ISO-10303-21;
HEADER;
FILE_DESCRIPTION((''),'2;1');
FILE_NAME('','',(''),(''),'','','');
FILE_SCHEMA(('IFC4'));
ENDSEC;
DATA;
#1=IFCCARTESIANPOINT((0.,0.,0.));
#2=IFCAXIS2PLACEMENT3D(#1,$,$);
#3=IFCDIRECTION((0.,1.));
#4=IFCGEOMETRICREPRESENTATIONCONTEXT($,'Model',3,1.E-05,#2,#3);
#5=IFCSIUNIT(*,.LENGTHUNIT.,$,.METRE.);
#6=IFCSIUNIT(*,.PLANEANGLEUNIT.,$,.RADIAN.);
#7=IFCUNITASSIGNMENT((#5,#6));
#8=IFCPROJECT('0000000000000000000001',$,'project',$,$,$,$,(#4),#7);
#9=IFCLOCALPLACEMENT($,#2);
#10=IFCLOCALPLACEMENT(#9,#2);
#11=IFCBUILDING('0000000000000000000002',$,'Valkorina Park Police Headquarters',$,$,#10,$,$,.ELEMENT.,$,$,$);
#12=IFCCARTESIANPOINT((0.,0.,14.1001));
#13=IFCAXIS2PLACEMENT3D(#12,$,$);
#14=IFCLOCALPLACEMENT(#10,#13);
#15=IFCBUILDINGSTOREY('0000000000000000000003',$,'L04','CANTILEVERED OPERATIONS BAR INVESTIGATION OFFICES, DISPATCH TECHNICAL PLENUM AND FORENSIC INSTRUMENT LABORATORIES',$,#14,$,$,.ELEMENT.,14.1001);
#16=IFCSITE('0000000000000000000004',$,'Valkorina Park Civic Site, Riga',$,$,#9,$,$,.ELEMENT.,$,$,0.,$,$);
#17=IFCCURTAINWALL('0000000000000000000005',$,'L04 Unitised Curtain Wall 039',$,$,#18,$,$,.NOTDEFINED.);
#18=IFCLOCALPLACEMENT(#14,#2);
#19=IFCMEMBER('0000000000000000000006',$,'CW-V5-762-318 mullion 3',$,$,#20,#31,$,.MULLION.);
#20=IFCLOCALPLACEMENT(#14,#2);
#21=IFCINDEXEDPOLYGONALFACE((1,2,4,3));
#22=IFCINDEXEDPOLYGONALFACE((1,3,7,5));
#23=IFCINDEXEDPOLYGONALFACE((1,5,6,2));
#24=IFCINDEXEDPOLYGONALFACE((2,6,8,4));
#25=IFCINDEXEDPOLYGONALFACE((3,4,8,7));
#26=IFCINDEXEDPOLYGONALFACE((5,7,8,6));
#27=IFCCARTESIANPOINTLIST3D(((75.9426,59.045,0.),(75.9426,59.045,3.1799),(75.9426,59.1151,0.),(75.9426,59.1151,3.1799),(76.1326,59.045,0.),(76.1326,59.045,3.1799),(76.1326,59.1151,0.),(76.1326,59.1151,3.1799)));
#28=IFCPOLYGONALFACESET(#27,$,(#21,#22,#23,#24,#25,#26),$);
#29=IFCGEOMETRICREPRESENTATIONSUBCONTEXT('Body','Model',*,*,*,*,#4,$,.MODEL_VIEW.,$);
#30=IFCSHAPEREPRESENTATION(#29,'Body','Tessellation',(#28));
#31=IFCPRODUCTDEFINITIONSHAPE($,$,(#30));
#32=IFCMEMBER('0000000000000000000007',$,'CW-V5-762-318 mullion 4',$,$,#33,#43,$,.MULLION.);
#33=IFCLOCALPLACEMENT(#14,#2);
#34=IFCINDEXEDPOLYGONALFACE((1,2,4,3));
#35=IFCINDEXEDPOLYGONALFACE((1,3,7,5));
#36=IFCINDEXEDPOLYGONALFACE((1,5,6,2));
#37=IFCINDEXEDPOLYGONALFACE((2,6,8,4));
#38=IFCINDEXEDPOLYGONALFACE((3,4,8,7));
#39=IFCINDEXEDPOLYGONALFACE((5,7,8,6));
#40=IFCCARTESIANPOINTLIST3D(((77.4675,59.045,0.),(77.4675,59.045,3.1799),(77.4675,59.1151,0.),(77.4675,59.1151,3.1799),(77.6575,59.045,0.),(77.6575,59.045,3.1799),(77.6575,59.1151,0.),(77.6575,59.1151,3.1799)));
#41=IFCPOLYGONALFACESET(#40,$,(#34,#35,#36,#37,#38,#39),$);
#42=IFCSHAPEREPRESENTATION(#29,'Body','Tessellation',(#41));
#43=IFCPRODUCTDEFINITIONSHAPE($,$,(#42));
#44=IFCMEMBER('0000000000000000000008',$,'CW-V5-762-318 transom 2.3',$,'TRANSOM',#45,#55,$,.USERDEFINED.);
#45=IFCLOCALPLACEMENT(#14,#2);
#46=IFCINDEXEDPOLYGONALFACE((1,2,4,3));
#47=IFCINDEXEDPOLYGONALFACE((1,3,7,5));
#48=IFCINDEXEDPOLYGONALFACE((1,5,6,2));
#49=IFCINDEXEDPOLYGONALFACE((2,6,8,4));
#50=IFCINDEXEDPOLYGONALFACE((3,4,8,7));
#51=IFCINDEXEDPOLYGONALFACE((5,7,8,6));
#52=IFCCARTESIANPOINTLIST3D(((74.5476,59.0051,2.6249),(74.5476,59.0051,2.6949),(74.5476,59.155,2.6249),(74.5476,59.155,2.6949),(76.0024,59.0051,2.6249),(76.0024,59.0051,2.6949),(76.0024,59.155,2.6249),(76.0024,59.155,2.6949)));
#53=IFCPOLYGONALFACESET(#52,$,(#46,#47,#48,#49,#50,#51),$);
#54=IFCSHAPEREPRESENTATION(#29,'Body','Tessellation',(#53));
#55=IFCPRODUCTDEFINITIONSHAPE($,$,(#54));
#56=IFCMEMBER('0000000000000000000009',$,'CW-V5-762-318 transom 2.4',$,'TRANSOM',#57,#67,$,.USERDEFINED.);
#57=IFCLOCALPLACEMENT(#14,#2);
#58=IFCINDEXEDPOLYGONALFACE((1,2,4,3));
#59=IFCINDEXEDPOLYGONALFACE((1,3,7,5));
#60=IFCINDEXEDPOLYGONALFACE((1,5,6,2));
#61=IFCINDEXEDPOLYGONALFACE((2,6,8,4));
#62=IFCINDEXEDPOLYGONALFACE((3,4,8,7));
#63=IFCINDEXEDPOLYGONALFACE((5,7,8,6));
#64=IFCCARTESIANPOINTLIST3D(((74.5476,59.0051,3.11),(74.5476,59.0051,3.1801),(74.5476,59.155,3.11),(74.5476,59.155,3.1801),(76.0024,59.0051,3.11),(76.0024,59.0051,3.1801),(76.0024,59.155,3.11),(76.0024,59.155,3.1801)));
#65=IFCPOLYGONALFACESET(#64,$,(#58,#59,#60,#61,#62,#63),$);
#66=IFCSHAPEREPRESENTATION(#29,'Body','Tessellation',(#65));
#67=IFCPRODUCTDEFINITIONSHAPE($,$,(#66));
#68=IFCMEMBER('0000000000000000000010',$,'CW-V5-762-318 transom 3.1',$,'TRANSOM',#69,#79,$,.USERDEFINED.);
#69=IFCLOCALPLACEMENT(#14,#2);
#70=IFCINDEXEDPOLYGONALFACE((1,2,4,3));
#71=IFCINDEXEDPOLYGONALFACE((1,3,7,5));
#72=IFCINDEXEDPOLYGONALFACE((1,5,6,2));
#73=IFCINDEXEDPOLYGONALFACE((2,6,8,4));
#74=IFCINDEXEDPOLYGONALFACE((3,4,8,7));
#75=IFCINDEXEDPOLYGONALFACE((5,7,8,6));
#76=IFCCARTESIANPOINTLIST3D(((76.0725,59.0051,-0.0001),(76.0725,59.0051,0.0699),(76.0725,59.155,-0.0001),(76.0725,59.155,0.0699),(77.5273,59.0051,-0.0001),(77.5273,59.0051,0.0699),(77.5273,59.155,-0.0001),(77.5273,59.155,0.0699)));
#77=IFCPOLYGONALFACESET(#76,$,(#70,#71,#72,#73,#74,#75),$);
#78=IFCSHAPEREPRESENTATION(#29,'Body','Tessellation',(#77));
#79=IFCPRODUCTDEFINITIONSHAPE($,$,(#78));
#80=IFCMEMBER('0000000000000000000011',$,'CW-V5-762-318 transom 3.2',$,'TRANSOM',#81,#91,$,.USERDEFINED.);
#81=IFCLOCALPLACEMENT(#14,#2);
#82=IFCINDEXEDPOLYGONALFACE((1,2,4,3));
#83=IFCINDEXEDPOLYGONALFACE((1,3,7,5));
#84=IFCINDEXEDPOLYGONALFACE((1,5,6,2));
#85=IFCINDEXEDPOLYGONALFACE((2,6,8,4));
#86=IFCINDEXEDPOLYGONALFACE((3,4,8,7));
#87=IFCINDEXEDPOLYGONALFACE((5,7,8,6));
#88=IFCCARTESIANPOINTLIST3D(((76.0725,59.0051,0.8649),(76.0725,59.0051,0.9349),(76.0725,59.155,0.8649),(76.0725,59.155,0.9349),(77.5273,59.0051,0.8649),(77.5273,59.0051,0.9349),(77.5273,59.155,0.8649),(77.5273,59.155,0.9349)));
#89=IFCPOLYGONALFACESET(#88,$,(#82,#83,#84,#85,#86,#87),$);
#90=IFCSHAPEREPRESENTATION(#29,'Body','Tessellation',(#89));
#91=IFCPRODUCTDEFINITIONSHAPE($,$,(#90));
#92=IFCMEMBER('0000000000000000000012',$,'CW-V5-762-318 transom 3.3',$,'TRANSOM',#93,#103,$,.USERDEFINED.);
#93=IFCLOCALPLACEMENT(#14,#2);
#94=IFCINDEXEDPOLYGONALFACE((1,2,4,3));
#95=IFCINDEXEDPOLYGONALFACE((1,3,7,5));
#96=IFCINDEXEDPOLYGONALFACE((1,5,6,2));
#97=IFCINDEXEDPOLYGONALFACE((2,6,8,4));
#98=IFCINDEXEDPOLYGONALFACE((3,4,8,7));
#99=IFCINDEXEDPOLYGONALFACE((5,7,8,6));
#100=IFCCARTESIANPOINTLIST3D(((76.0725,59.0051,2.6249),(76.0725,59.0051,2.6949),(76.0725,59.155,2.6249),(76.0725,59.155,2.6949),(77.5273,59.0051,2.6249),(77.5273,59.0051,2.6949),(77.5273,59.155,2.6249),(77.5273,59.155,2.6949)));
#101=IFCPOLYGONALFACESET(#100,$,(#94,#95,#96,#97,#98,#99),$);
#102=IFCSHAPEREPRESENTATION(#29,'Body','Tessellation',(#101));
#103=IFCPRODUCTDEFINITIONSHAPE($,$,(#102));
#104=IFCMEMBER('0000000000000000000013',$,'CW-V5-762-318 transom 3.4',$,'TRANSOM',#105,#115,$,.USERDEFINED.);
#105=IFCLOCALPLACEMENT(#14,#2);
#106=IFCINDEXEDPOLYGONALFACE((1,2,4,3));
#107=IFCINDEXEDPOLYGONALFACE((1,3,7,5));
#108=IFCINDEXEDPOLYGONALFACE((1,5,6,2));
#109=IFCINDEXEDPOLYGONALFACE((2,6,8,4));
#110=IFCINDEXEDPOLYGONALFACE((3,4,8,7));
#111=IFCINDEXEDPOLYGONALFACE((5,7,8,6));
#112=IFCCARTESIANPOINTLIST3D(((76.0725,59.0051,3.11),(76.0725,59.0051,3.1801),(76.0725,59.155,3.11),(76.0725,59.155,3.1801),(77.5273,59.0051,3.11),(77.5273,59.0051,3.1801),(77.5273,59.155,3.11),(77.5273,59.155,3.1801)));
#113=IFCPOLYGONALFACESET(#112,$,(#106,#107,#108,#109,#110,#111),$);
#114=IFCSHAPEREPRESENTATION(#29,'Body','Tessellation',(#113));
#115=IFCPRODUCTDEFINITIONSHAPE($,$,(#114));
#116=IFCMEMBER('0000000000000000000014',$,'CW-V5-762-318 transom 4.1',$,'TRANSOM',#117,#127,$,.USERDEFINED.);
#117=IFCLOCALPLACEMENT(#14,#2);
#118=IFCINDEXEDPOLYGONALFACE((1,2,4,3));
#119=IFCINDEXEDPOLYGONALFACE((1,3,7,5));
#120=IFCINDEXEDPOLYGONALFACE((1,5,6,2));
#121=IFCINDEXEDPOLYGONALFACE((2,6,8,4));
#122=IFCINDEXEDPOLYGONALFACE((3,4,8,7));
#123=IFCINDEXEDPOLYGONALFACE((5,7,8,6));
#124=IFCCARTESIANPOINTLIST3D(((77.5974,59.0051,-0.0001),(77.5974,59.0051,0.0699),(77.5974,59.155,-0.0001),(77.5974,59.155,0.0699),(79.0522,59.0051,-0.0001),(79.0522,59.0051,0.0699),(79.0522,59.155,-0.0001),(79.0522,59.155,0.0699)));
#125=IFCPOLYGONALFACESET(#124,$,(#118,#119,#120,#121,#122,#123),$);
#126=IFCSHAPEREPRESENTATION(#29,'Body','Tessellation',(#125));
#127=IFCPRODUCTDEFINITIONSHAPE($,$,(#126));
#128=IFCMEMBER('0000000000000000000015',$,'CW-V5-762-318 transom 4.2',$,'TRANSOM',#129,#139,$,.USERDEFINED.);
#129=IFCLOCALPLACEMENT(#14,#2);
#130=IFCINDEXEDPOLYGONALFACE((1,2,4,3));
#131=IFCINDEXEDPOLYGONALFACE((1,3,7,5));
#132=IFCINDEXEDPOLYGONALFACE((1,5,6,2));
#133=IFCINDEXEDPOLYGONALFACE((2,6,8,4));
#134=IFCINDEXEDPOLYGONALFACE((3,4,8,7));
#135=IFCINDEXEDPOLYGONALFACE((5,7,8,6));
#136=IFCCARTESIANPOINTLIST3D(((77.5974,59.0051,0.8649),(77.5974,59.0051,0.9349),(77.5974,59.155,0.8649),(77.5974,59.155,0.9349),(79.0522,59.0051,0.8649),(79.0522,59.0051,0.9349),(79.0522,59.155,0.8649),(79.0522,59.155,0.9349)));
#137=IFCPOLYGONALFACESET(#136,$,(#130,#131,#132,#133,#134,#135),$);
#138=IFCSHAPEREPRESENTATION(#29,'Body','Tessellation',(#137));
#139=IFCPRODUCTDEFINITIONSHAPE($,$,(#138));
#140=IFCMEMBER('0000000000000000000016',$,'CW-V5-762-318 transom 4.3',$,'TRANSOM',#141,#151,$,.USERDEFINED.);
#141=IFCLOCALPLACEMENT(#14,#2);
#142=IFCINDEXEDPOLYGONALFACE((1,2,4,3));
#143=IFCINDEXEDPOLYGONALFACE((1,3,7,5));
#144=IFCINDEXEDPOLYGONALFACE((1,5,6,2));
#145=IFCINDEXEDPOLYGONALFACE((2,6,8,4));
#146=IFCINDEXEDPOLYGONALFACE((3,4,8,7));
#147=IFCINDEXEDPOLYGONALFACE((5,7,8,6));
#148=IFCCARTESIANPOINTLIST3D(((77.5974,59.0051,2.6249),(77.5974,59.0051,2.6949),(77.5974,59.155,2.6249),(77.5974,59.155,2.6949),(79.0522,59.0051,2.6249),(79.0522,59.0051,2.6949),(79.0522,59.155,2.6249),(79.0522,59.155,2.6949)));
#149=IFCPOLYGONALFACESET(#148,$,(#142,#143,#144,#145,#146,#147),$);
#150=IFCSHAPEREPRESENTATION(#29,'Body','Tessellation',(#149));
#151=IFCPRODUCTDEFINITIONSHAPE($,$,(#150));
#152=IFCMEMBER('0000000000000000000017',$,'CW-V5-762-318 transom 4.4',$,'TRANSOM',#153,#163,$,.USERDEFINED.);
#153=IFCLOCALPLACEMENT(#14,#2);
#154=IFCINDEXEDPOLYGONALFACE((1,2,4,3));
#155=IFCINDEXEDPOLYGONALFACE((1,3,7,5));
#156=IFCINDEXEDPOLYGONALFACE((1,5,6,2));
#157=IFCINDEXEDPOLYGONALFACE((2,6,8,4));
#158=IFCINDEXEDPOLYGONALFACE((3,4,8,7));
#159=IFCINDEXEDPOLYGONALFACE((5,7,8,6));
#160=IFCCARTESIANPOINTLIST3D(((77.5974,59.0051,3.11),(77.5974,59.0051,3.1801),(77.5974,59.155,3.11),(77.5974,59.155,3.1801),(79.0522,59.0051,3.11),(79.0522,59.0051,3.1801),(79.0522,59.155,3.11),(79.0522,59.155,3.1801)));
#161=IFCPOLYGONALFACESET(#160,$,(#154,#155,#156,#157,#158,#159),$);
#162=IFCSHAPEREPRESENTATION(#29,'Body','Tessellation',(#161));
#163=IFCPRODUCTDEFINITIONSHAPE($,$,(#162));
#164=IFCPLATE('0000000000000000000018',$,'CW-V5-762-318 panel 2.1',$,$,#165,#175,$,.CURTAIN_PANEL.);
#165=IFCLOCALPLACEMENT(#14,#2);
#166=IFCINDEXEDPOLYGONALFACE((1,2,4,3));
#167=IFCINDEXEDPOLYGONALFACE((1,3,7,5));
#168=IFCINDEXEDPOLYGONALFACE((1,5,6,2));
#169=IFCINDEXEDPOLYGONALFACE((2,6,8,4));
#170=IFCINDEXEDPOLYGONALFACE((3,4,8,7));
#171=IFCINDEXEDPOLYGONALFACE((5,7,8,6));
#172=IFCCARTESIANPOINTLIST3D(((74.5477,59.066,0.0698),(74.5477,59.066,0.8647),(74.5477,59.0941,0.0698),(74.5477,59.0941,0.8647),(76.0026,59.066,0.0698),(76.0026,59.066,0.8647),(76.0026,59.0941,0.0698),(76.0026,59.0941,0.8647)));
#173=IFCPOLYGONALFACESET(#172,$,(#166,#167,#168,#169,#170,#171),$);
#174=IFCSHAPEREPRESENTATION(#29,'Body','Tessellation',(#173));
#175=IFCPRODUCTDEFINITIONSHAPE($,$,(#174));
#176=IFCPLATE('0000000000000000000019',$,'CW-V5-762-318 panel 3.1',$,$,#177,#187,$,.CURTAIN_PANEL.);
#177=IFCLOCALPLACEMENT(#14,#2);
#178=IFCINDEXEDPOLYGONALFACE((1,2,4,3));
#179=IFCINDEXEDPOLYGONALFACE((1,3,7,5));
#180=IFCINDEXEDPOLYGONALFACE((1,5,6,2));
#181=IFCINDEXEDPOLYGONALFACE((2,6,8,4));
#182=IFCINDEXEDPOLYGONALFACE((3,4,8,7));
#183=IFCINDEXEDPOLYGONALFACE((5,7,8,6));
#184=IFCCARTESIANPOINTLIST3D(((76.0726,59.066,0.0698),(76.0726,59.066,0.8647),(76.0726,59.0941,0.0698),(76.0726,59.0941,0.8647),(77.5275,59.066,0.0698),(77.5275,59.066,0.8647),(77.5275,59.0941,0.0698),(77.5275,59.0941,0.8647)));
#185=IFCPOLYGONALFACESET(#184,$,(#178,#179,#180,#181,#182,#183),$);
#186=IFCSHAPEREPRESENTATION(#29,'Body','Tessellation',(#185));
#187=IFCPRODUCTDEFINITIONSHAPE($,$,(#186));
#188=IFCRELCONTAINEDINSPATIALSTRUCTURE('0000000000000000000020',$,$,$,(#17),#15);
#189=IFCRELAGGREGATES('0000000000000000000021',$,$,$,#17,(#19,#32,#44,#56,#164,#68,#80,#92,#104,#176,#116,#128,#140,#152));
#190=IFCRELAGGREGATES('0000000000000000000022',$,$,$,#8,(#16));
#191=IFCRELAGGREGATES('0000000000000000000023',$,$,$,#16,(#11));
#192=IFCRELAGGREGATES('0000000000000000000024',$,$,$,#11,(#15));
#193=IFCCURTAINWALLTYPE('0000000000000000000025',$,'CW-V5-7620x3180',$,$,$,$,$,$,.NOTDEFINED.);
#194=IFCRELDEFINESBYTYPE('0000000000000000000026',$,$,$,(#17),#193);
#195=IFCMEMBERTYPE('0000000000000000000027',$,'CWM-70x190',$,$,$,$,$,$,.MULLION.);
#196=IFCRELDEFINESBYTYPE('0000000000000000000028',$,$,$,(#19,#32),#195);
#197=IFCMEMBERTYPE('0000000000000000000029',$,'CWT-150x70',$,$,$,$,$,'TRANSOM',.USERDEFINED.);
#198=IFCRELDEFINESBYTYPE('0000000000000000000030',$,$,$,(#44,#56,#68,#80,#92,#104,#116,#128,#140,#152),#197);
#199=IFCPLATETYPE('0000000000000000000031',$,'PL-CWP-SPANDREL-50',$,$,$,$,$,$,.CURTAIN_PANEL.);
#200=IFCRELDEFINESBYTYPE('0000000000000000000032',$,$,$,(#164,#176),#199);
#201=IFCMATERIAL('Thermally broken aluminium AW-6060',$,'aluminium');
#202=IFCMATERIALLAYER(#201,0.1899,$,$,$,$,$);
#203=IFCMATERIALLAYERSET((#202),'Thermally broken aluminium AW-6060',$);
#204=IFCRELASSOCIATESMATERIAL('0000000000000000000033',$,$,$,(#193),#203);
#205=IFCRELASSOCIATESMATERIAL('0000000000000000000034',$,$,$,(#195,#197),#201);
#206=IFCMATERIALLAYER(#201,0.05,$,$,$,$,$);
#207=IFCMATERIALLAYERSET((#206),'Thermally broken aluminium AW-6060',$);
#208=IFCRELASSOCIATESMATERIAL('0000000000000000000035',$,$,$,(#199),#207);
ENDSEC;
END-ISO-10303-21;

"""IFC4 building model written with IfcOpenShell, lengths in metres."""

from ifc_helpers import new_model, si_unit, direction, frame, origin, origin_2d, place, context, subcontext, project, spatial, rectangle, extrude, material, layer, layer_set, material_profile, profile_set, type_object, element, aggregate, save


model = new_model("IFC4")

# Units and contexts
model_context = context("Model", 3, precision=1e-05, world=origin(), true_north=direction((0.0, 1.0)))
body_context = subcontext(model_context, "Body", "Model", "MODEL_VIEW")
ifc_project = project(units=[si_unit("LENGTHUNIT", "METRE"), si_unit("PLANEANGLEUNIT", "RADIAN")], contexts=[model_context])

# Site, building, storey
site_placement = place(None, origin())
site = spatial("IfcSite", under=ifc_project, at=site_placement, Name="Valkorina Park Civic Site, Riga", CompositionType="ELEMENT", RefElevation=0.0)
building_placement = place(site_placement, origin())
building = spatial("IfcBuilding", under=site, at=building_placement, Name="Valkorina Park Police Headquarters", CompositionType="ELEMENT")
storey_placement = place(building_placement, frame((0.0, 0.0, 14.1001)))
storey = spatial("IfcBuildingStorey", under=building, at=storey_placement, Name="L04", Description="CANTILEVERED OPERATIONS BAR INVESTIGATION OFFICES, DISPATCH TECHNICAL PLENUM AND FORENSIC INSTRUMENT LABORATORIES", CompositionType="ELEMENT", Elevation=14.1001)

# Curtain wall, members, plates
ifc_material_1 = material(Name="Thermally broken aluminium AW-6060", Category="aluminium")
ifc_layer_1 = layer(ifc_material_1, 0.1899)
ifc_layer_set_1 = layer_set([ifc_layer_1], Name="Thermally broken aluminium AW-6060")
curtain_wall_type = type_object("IfcCurtainWallType", Name="CW-V5-7620x3180", PredefinedType="NOTDEFINED", material=ifc_layer_set_1)
curtain_wall_placement = place(storey_placement, origin())
curtain_wall = element("IfcCurtainWall", 1, at=curtain_wall_placement, inside=storey, type_object=curtain_wall_type, Name="L04 Unitised Curtain Wall 039", PredefinedType="NOTDEFINED")
ifc_material_profile_1 = material_profile(ifc_material_1, rectangle(XDim=0.0701, YDim=0.1899, at=origin_2d()), Name="CWM-02 70x190")
ifc_profile_set_1 = profile_set([ifc_material_profile_1], Name="Thermally broken aluminium AW-6060")
member_type_1 = type_object("IfcMemberType", Name="CWM-70x190", PredefinedType="MULLION", material=ifc_profile_set_1)
member_1_placement = place(storey_placement, frame((76.0376, 59.0801, 0.0), z_axis=(0.0, 0.0, 1.0), x_axis=(0.0, 1.0, 0.0)))
member_1 = element("IfcMember", 2, at=member_1_placement, type_object=member_type_1, Name="CW-V5-762-318 mullion 3", PredefinedType="MULLION", context=body_context, shape_type="SweptSolid", body=[
    extrude(rectangle(XDim=0.0701, YDim=0.1899, at=origin_2d()), origin(), (0.0, 0.0, 1.0), 3.1799),
])
member_2_placement = place(storey_placement, frame((77.5625, 59.0801, 0.0), z_axis=(0.0, 0.0, 1.0), x_axis=(0.0, 1.0, 0.0)))
member_2 = element("IfcMember", 3, at=member_2_placement, type_object=member_type_1, Name="CW-V5-762-318 mullion 4", PredefinedType="MULLION", context=body_context, shape_type="SweptSolid", body=[
    extrude(rectangle(XDim=0.0701, YDim=0.1899, at=origin_2d()), origin(), (0.0, 0.0, 1.0), 3.1799),
])
ifc_material_profile_2 = material_profile(ifc_material_1, rectangle(XDim=0.1499, YDim=0.0701, at=origin_2d()), Name="CWT-02 150x70")
ifc_profile_set_2 = profile_set([ifc_material_profile_2], Name="Thermally broken aluminium AW-6060")
member_type_2 = type_object("IfcMemberType", Name="CWT-150x70", ElementType="TRANSOM", PredefinedType="USERDEFINED", material=ifc_profile_set_2)
member_3_placement = place(storey_placement, frame((74.5476, 59.0801, 2.6599), z_axis=(1.0, 0.0, 0.0), x_axis=(0.0, 1.0, 0.0)))
member_3 = element("IfcMember", 4, at=member_3_placement, type_object=member_type_2, Name="CW-V5-762-318 transom 2.3", ObjectType="TRANSOM", PredefinedType="USERDEFINED", context=body_context, shape_type="SweptSolid", body=[
    extrude(rectangle(XDim=0.1499, YDim=0.0701, at=origin_2d()), origin(), (0.0, 0.0, 1.0), 1.4548),
])
member_4_placement = place(storey_placement, frame((74.5476, 59.0801, 3.145), z_axis=(1.0, 0.0, 0.0), x_axis=(0.0, 1.0, 0.0)))
member_4 = element("IfcMember", 5, at=member_4_placement, type_object=member_type_2, Name="CW-V5-762-318 transom 2.4", ObjectType="TRANSOM", PredefinedType="USERDEFINED", context=body_context, shape_type="SweptSolid", body=[
    extrude(rectangle(XDim=0.1499, YDim=0.0701, at=origin_2d()), origin(), (0.0, 0.0, 1.0), 1.4548),
])
member_5_placement = place(storey_placement, frame((76.0725, 59.0801, 0.0349), z_axis=(1.0, 0.0, 0.0), x_axis=(0.0, 1.0, 0.0)))
member_5 = element("IfcMember", 6, at=member_5_placement, type_object=member_type_2, Name="CW-V5-762-318 transom 3.1", ObjectType="TRANSOM", PredefinedType="USERDEFINED", context=body_context, shape_type="SweptSolid", body=[
    extrude(rectangle(XDim=0.1499, YDim=0.0701, at=origin_2d()), origin(), (0.0, 0.0, 1.0), 1.4548),
])
member_6_placement = place(storey_placement, frame((76.0725, 59.0801, 0.8999), z_axis=(1.0, 0.0, 0.0), x_axis=(0.0, 1.0, 0.0)))
member_6 = element("IfcMember", 7, at=member_6_placement, type_object=member_type_2, Name="CW-V5-762-318 transom 3.2", ObjectType="TRANSOM", PredefinedType="USERDEFINED", context=body_context, shape_type="SweptSolid", body=[
    extrude(rectangle(XDim=0.1499, YDim=0.0701, at=origin_2d()), origin(), (0.0, 0.0, 1.0), 1.4548),
])
member_7_placement = place(storey_placement, frame((76.0725, 59.0801, 2.6599), z_axis=(1.0, 0.0, 0.0), x_axis=(0.0, 1.0, 0.0)))
member_7 = element("IfcMember", 8, at=member_7_placement, type_object=member_type_2, Name="CW-V5-762-318 transom 3.3", ObjectType="TRANSOM", PredefinedType="USERDEFINED", context=body_context, shape_type="SweptSolid", body=[
    extrude(rectangle(XDim=0.1499, YDim=0.0701, at=origin_2d()), origin(), (0.0, 0.0, 1.0), 1.4548),
])
member_8_placement = place(storey_placement, frame((76.0725, 59.0801, 3.145), z_axis=(1.0, 0.0, 0.0), x_axis=(0.0, 1.0, 0.0)))
member_8 = element("IfcMember", 9, at=member_8_placement, type_object=member_type_2, Name="CW-V5-762-318 transom 3.4", ObjectType="TRANSOM", PredefinedType="USERDEFINED", context=body_context, shape_type="SweptSolid", body=[
    extrude(rectangle(XDim=0.1499, YDim=0.0701, at=origin_2d()), origin(), (0.0, 0.0, 1.0), 1.4548),
])
member_9_placement = place(storey_placement, frame((77.5974, 59.0801, 0.0349), z_axis=(1.0, 0.0, 0.0), x_axis=(0.0, 1.0, 0.0)))
member_9 = element("IfcMember", 10, at=member_9_placement, type_object=member_type_2, Name="CW-V5-762-318 transom 4.1", ObjectType="TRANSOM", PredefinedType="USERDEFINED", context=body_context, shape_type="SweptSolid", body=[
    extrude(rectangle(XDim=0.1499, YDim=0.0701, at=origin_2d()), origin(), (0.0, 0.0, 1.0), 1.4548),
])
member_10_placement = place(storey_placement, frame((77.5974, 59.0801, 0.8999), z_axis=(1.0, 0.0, 0.0), x_axis=(0.0, 1.0, 0.0)))
member_10 = element("IfcMember", 11, at=member_10_placement, type_object=member_type_2, Name="CW-V5-762-318 transom 4.2", ObjectType="TRANSOM", PredefinedType="USERDEFINED", context=body_context, shape_type="SweptSolid", body=[
    extrude(rectangle(XDim=0.1499, YDim=0.0701, at=origin_2d()), origin(), (0.0, 0.0, 1.0), 1.4548),
])
member_11_placement = place(storey_placement, frame((77.5974, 59.0801, 2.6599), z_axis=(1.0, 0.0, 0.0), x_axis=(0.0, 1.0, 0.0)))
member_11 = element("IfcMember", 12, at=member_11_placement, type_object=member_type_2, Name="CW-V5-762-318 transom 4.3", ObjectType="TRANSOM", PredefinedType="USERDEFINED", context=body_context, shape_type="SweptSolid", body=[
    extrude(rectangle(XDim=0.1499, YDim=0.0701, at=origin_2d()), origin(), (0.0, 0.0, 1.0), 1.4548),
])
member_12_placement = place(storey_placement, frame((77.5974, 59.0801, 3.145), z_axis=(1.0, 0.0, 0.0), x_axis=(0.0, 1.0, 0.0)))
member_12 = element("IfcMember", 13, at=member_12_placement, type_object=member_type_2, Name="CW-V5-762-318 transom 4.4", ObjectType="TRANSOM", PredefinedType="USERDEFINED", context=body_context, shape_type="SweptSolid", body=[
    extrude(rectangle(XDim=0.1499, YDim=0.0701, at=origin_2d()), origin(), (0.0, 0.0, 1.0), 1.4548),
])
ifc_layer_2 = layer(ifc_material_1, 0.05)
ifc_layer_set_2 = layer_set([ifc_layer_2], Name="Thermally broken aluminium AW-6060")
plate_type_1 = type_object("IfcPlateType", Name="PL-CWP-SPANDREL-50", PredefinedType="CURTAIN_PANEL", material=ifc_layer_set_2)
plate_1_placement = place(storey_placement, frame((75.2751, 59.0801, 0.0698), z_axis=(0.0, 0.0, 1.0), x_axis=(1.0, 0.0, 0.0)))
plate_1 = element("IfcPlate", 14, at=plate_1_placement, type_object=plate_type_1, Name="CW-V5-762-318 panel 2.1", PredefinedType="CURTAIN_PANEL", context=body_context, shape_type="SweptSolid", body=[
    extrude(rectangle(XDim=1.4548, YDim=0.0281, at=origin_2d()), origin(), (0.0, 0.0, 1.0), 0.7949),
])
plate_2_placement = place(storey_placement, frame((76.8, 59.0801, 0.0698), z_axis=(0.0, 0.0, 1.0), x_axis=(1.0, 0.0, 0.0)))
plate_2 = element("IfcPlate", 15, at=plate_2_placement, type_object=plate_type_1, Name="CW-V5-762-318 panel 3.1", PredefinedType="CURTAIN_PANEL", context=body_context, shape_type="SweptSolid", body=[
    extrude(rectangle(XDim=1.4548, YDim=0.0281, at=origin_2d()), origin(), (0.0, 0.0, 1.0), 0.7949),
])
aggregate(curtain_wall, [member_1, member_2, member_3, member_4, plate_1, member_5, member_6, member_7, member_8, plate_2, member_9, member_10, member_11, member_12])

save(model, "model.ifc")
